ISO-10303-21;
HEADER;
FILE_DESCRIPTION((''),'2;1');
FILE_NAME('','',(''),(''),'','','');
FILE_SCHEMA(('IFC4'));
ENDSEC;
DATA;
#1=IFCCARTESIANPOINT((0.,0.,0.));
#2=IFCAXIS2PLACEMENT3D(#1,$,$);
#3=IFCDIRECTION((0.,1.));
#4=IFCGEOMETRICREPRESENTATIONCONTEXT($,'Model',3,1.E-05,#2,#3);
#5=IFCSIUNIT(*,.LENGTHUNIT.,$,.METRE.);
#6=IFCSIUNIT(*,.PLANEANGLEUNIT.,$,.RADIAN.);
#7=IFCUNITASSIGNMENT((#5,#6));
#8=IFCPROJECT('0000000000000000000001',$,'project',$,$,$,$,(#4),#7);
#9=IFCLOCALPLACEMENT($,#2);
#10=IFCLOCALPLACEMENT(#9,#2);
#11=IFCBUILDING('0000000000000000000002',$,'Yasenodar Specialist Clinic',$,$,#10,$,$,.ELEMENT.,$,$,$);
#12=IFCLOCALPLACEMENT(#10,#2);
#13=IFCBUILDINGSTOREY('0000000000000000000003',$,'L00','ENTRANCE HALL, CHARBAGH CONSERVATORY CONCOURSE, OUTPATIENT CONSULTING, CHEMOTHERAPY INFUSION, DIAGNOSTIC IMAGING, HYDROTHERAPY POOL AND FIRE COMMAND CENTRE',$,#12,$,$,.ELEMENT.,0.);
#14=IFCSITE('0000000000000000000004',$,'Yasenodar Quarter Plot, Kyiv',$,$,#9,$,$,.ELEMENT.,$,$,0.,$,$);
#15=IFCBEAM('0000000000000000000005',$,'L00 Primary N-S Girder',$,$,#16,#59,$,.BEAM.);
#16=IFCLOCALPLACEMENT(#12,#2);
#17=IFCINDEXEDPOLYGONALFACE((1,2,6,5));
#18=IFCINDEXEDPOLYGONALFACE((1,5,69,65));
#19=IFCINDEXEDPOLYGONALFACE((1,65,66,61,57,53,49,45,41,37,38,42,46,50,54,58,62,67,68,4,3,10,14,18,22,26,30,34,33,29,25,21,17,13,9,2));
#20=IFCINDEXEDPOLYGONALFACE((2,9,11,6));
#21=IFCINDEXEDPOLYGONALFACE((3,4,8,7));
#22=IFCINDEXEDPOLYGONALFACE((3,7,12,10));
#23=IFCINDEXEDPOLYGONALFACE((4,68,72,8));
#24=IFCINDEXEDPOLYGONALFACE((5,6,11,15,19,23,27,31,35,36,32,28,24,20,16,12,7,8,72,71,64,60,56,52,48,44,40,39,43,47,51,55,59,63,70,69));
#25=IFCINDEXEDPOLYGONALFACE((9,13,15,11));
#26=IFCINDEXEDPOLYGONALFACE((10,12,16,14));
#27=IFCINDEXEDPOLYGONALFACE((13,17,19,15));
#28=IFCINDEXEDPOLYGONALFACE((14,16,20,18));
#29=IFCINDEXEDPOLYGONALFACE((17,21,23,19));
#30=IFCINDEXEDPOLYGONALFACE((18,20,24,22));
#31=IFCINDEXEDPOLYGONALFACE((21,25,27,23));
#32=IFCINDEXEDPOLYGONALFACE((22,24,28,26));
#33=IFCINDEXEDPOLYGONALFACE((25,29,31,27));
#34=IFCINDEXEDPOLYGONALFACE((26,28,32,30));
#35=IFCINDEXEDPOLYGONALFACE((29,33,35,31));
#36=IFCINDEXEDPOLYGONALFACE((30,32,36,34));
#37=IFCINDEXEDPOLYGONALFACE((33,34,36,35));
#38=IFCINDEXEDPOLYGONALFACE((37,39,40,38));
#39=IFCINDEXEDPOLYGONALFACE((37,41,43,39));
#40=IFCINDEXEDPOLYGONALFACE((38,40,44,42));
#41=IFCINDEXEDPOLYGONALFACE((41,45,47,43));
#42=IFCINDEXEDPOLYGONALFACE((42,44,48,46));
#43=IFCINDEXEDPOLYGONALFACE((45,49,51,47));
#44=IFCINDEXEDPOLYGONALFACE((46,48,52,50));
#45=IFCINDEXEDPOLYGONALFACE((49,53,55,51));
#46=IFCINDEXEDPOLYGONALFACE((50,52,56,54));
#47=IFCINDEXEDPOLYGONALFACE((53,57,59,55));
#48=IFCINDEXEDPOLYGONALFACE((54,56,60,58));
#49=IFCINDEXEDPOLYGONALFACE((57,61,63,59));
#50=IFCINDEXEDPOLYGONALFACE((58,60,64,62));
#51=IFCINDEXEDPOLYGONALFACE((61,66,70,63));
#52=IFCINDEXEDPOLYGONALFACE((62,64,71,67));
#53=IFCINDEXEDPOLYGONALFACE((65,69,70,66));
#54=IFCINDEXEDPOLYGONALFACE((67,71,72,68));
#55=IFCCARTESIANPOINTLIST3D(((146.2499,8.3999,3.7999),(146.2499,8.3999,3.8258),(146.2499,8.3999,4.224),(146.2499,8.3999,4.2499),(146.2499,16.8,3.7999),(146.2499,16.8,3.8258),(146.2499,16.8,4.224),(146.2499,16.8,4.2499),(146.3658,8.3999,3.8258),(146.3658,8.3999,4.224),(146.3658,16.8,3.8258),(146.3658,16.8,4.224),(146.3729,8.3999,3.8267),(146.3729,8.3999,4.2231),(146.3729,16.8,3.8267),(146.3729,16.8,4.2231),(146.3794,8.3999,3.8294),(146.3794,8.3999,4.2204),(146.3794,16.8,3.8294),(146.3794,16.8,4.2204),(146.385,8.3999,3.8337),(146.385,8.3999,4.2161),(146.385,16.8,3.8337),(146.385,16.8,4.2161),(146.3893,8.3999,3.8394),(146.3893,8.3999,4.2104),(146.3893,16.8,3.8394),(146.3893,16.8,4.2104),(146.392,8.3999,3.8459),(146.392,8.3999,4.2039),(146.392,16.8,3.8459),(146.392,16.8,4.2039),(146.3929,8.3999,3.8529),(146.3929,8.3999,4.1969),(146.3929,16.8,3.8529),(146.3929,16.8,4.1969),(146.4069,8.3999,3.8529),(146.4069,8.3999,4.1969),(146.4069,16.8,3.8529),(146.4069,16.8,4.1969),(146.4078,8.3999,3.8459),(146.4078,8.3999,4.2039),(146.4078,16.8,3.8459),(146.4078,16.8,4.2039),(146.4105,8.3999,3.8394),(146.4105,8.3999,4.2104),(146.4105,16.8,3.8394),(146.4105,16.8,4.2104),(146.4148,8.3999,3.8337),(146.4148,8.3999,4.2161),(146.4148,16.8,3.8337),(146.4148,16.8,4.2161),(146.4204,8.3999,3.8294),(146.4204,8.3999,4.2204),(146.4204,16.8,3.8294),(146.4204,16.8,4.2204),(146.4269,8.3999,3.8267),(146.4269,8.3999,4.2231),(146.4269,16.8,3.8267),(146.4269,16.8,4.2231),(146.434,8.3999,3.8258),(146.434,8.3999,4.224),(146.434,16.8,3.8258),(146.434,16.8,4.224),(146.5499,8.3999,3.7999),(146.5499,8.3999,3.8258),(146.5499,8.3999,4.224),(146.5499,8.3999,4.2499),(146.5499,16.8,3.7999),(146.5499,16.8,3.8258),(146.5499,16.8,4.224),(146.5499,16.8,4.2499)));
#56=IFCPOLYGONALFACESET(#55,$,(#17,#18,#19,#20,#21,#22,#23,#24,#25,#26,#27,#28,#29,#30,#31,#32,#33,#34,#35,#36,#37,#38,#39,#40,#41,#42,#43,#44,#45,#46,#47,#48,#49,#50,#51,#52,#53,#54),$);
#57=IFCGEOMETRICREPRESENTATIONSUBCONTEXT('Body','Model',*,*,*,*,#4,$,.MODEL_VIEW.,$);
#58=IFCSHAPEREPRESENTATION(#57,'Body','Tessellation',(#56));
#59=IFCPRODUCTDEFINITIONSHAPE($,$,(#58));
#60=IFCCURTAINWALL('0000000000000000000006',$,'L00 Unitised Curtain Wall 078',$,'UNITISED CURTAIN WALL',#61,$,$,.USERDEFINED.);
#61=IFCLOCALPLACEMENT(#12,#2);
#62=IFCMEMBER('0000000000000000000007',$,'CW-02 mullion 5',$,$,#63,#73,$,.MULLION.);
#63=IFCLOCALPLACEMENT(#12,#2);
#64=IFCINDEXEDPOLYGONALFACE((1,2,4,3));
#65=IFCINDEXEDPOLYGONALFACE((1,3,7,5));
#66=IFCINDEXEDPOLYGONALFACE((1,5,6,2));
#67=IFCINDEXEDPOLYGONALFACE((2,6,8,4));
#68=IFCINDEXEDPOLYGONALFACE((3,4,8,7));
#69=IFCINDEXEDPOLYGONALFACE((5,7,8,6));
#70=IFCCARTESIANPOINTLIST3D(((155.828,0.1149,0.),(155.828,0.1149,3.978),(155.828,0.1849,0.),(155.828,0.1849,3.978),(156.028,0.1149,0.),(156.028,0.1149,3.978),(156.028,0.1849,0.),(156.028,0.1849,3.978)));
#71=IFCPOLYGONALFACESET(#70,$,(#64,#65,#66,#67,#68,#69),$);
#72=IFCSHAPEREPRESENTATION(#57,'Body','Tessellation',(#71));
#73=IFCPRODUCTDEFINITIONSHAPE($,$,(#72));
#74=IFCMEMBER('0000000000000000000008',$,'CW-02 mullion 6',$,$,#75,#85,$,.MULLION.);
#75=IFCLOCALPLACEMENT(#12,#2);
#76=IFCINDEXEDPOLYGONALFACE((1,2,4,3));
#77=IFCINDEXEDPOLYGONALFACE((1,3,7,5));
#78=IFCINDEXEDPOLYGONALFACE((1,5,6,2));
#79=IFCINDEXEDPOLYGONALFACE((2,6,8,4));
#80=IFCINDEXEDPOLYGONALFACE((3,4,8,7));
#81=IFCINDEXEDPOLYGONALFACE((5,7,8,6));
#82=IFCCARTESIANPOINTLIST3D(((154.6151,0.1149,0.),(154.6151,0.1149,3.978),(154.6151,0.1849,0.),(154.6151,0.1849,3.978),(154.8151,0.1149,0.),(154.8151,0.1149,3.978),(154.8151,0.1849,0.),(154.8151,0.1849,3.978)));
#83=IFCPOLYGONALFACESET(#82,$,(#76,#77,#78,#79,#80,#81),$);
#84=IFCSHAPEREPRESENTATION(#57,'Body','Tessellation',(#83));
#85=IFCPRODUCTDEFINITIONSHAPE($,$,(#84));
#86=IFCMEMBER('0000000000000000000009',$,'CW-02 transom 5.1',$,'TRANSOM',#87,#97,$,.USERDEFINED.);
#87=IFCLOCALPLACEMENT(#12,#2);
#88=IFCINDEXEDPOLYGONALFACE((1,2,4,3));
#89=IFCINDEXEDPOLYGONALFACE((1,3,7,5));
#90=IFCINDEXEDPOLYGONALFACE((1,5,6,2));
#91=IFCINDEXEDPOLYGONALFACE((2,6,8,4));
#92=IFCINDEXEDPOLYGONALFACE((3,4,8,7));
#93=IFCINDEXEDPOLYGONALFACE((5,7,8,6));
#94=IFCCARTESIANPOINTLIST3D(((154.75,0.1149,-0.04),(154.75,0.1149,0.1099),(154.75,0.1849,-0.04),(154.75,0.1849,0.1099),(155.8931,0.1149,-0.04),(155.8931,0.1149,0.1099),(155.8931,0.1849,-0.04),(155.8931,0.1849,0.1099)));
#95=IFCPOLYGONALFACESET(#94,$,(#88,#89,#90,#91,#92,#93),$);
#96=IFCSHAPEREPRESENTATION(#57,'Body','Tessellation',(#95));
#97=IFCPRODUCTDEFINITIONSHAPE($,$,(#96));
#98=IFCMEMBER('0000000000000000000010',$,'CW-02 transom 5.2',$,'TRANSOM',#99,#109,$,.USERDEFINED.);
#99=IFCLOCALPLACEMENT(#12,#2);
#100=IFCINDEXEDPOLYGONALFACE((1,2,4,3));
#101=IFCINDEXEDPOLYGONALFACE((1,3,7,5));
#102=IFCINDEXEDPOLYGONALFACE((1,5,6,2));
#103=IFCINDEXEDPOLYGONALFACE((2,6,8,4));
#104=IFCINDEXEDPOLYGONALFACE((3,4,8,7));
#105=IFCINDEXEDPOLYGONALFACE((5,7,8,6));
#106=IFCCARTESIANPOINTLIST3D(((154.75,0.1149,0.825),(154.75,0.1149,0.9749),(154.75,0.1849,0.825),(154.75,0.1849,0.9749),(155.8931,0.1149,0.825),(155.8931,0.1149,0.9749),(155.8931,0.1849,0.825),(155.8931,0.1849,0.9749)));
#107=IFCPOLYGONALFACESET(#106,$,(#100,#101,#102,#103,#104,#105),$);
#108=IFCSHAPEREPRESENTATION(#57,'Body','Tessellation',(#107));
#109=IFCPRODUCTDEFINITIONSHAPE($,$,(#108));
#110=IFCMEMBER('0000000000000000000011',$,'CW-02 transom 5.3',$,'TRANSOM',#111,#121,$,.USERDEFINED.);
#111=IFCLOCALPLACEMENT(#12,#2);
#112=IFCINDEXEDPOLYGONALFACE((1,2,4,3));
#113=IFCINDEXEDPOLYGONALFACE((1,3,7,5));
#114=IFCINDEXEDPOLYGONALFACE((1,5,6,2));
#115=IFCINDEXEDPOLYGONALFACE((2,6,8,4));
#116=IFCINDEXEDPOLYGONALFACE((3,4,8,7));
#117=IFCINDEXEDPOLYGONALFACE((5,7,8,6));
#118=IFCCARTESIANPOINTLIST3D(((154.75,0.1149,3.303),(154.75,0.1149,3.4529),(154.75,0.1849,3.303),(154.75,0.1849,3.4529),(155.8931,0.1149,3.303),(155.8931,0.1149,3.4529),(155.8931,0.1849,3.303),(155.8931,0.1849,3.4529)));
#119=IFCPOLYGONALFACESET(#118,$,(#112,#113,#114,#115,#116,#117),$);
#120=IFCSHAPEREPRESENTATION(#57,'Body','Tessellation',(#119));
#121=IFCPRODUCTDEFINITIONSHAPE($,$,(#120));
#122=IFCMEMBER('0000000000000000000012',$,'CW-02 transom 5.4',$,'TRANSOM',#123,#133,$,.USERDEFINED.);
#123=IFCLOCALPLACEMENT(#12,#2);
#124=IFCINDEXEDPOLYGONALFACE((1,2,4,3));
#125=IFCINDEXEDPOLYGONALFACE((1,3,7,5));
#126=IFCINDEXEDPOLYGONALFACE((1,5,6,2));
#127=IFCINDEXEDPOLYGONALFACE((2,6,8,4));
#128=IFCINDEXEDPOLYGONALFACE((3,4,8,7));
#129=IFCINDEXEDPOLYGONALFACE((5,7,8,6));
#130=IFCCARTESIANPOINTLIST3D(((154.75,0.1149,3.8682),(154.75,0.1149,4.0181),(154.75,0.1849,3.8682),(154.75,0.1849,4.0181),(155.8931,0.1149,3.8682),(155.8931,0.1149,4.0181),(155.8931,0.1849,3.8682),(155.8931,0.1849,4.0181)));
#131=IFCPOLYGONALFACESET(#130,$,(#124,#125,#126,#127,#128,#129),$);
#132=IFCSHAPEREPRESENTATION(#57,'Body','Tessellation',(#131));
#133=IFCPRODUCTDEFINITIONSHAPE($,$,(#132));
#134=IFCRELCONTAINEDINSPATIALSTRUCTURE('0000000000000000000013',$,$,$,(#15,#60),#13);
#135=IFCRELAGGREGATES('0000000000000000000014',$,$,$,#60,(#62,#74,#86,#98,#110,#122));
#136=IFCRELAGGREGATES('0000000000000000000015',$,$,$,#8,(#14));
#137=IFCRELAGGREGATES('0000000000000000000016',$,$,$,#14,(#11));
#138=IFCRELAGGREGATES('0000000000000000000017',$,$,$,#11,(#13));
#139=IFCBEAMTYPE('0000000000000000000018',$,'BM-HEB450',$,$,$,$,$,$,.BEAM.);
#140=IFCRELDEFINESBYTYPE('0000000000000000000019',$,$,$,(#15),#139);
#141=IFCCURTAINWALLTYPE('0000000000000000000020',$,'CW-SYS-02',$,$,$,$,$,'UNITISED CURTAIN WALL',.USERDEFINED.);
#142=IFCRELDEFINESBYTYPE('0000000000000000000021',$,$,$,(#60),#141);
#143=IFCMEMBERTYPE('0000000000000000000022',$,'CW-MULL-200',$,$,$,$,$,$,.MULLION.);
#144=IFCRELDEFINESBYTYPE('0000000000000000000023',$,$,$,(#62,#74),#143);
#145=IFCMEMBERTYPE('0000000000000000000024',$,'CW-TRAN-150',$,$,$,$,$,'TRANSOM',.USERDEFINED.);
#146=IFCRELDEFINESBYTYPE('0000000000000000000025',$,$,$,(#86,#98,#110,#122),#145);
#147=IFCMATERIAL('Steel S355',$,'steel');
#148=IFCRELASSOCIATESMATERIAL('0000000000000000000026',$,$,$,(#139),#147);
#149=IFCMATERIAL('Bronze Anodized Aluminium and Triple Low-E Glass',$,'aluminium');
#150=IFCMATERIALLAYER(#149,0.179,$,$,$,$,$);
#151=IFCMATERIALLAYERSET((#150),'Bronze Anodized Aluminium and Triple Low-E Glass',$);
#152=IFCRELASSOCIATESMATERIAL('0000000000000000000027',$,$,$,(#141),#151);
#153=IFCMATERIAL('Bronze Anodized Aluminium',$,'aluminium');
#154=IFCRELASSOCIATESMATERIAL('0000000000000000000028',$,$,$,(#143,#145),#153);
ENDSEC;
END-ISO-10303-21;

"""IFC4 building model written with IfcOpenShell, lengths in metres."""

from ifc_helpers import new_model, si_unit, direction, frame, origin, origin_2d, place, context, subcontext, project, spatial, rectangle, i_section, extrude, material, layer, layer_set, material_profile, profile_set, type_object, element, aggregate, save


model = new_model("IFC4")

# Units and contexts
model_context = context("Model", 3, precision=1e-05, world=origin(), true_north=direction((0.0, 1.0)))
body_context = subcontext(model_context, "Body", "Model", "MODEL_VIEW")
ifc_project = project(units=[si_unit("LENGTHUNIT", "METRE"), si_unit("PLANEANGLEUNIT", "RADIAN")], contexts=[model_context])

# Site, building, storey
site_placement = place(None, origin())
site = spatial("IfcSite", under=ifc_project, at=site_placement, Name="Yasenodar Quarter Plot, Kyiv", CompositionType="ELEMENT", RefElevation=0.0)
building_placement = place(site_placement, origin())
building = spatial("IfcBuilding", under=site, at=building_placement, Name="Yasenodar Specialist Clinic", CompositionType="ELEMENT")
storey_placement = place(building_placement, origin())
storey = spatial("IfcBuildingStorey", under=building, at=storey_placement, Name="L00", Description="ENTRANCE HALL, CHARBAGH CONSERVATORY CONCOURSE, OUTPATIENT CONSULTING, CHEMOTHERAPY INFUSION, DIAGNOSTIC IMAGING, HYDROTHERAPY POOL AND FIRE COMMAND CENTRE", CompositionType="ELEMENT", Elevation=0.0)

# Shared definitions
ifc_material_1 = material(Name="Steel S355", Category="steel")

# Beam
ifc_material_profile_1 = material_profile(ifc_material_1, i_section(OverallWidth=0.3, OverallDepth=0.45, WebThickness=0.0139, FlangeThickness=0.0259, FilletRadius=0.0271, at=origin_2d()), Name="HEB 450")
ifc_profile_set_1 = profile_set([ifc_material_profile_1], Name="Steel S355")
beam_type_1 = type_object("IfcBeamType", Name="BM-HEB450", PredefinedType="BEAM", material=ifc_profile_set_1)
beam_1_placement = place(storey_placement, frame((146.3999, 8.3999, 4.0249), z_axis=(0.0, 1.0, 0.0), x_axis=(-1.0, 0.0, 0.0)))
element("IfcBeam", 1, at=beam_1_placement, inside=storey, type_object=beam_type_1, Name="L00 Primary N-S Girder", PredefinedType="BEAM", context=body_context, shape_type="SweptSolid", body=[
    extrude(i_section(OverallWidth=0.3, OverallDepth=0.45, WebThickness=0.0139, FlangeThickness=0.0259, FilletRadius=0.0271, at=origin_2d()), origin(), (0.0, 0.0, 1.0), 8.4001),
])

# Curtain wall, members
ifc_material_2 = material(Name="Bronze Anodized Aluminium and Triple Low-E Glass", Category="aluminium")
ifc_layer_1 = layer(ifc_material_2, 0.179)
ifc_layer_set_1 = layer_set([ifc_layer_1], Name="Bronze Anodized Aluminium and Triple Low-E Glass")
curtain_wall_type = type_object("IfcCurtainWallType", Name="CW-SYS-02", ElementType="UNITISED CURTAIN WALL", PredefinedType="USERDEFINED", material=ifc_layer_set_1)
curtain_wall_placement = place(storey_placement, origin())
curtain_wall = element("IfcCurtainWall", 2, at=curtain_wall_placement, inside=storey, type_object=curtain_wall_type, Name="L00 Unitised Curtain Wall 078", ObjectType="UNITISED CURTAIN WALL", PredefinedType="USERDEFINED")
ifc_material_3 = material(Name="Bronze Anodized Aluminium", Category="aluminium")
ifc_material_profile_2 = material_profile(ifc_material_3, rectangle(XDim=0.0701, YDim=0.2, at=origin_2d()), Name="CW-MULL 70x200")
ifc_profile_set_2 = profile_set([ifc_material_profile_2], Name="Bronze Anodized Aluminium")
member_type_1 = type_object("IfcMemberType", Name="CW-MULL-200", PredefinedType="MULLION", material=ifc_profile_set_2)
member_1_placement = place(storey_placement, frame((155.928, 0.1499, 0.0), z_axis=(0.0, 0.0, 1.0), x_axis=(0.0, -1.0, 0.0)))
member_1 = element("IfcMember", 3, at=member_1_placement, type_object=member_type_1, Name="CW-02 mullion 5", PredefinedType="MULLION", context=body_context, shape_type="SweptSolid", body=[
    extrude(rectangle(XDim=0.0701, YDim=0.2, at=origin_2d()), origin(), (0.0, 0.0, 1.0), 3.978),
])
member_2_placement = place(storey_placement, frame((154.7151, 0.1499, 0.0), z_axis=(0.0, 0.0, 1.0), x_axis=(0.0, -1.0, 0.0)))
member_2 = element("IfcMember", 4, at=member_2_placement, type_object=member_type_1, Name="CW-02 mullion 6", PredefinedType="MULLION", context=body_context, shape_type="SweptSolid", body=[
    extrude(rectangle(XDim=0.0701, YDim=0.2, at=origin_2d()), origin(), (0.0, 0.0, 1.0), 3.978),
])
ifc_material_profile_3 = material_profile(ifc_material_3, rectangle(XDim=0.0701, YDim=0.1499, at=origin_2d()), Name="CW-TRAN 70x150")
ifc_profile_set_3 = profile_set([ifc_material_profile_3], Name="Bronze Anodized Aluminium")
member_type_2 = type_object("IfcMemberType", Name="CW-TRAN-150", ElementType="TRANSOM", PredefinedType="USERDEFINED", material=ifc_profile_set_3)
member_3_placement = place(storey_placement, frame((155.8931, 0.1499, 0.0349), z_axis=(-1.0, 0.0, 0.0), x_axis=(0.0, -1.0, 0.0)))
member_3 = element("IfcMember", 5, at=member_3_placement, type_object=member_type_2, Name="CW-02 transom 5.1", ObjectType="TRANSOM", PredefinedType="USERDEFINED", context=body_context, shape_type="SweptSolid", body=[
    extrude(rectangle(XDim=0.0701, YDim=0.1499, at=origin_2d()), origin(), (0.0, 0.0, 1.0), 1.1431),
])
member_4_placement = place(storey_placement, frame((155.8931, 0.1499, 0.8999), z_axis=(-1.0, 0.0, 0.0), x_axis=(0.0, -1.0, 0.0)))
member_4 = element("IfcMember", 6, at=member_4_placement, type_object=member_type_2, Name="CW-02 transom 5.2", ObjectType="TRANSOM", PredefinedType="USERDEFINED", context=body_context, shape_type="SweptSolid", body=[
    extrude(rectangle(XDim=0.0701, YDim=0.1499, at=origin_2d()), origin(), (0.0, 0.0, 1.0), 1.1431),
])
member_5_placement = place(storey_placement, frame((155.8931, 0.1499, 3.3779), z_axis=(-1.0, 0.0, 0.0), x_axis=(0.0, -1.0, 0.0)))
member_5 = element("IfcMember", 7, at=member_5_placement, type_object=member_type_2, Name="CW-02 transom 5.3", ObjectType="TRANSOM", PredefinedType="USERDEFINED", context=body_context, shape_type="SweptSolid", body=[
    extrude(rectangle(XDim=0.0701, YDim=0.1499, at=origin_2d()), origin(), (0.0, 0.0, 1.0), 1.1431),
])
member_6_placement = place(storey_placement, frame((155.8931, 0.1499, 3.9431), z_axis=(-1.0, 0.0, 0.0), x_axis=(0.0, -1.0, 0.0)))
member_6 = element("IfcMember", 8, at=member_6_placement, type_object=member_type_2, Name="CW-02 transom 5.4", ObjectType="TRANSOM", PredefinedType="USERDEFINED", context=body_context, shape_type="SweptSolid", body=[
    extrude(rectangle(XDim=0.0701, YDim=0.1499, at=origin_2d()), origin(), (0.0, 0.0, 1.0), 1.1431),
])

aggregate(curtain_wall, [member_1, member_2, member_3, member_4, member_5, member_6])

save(model, "model.ifc")
